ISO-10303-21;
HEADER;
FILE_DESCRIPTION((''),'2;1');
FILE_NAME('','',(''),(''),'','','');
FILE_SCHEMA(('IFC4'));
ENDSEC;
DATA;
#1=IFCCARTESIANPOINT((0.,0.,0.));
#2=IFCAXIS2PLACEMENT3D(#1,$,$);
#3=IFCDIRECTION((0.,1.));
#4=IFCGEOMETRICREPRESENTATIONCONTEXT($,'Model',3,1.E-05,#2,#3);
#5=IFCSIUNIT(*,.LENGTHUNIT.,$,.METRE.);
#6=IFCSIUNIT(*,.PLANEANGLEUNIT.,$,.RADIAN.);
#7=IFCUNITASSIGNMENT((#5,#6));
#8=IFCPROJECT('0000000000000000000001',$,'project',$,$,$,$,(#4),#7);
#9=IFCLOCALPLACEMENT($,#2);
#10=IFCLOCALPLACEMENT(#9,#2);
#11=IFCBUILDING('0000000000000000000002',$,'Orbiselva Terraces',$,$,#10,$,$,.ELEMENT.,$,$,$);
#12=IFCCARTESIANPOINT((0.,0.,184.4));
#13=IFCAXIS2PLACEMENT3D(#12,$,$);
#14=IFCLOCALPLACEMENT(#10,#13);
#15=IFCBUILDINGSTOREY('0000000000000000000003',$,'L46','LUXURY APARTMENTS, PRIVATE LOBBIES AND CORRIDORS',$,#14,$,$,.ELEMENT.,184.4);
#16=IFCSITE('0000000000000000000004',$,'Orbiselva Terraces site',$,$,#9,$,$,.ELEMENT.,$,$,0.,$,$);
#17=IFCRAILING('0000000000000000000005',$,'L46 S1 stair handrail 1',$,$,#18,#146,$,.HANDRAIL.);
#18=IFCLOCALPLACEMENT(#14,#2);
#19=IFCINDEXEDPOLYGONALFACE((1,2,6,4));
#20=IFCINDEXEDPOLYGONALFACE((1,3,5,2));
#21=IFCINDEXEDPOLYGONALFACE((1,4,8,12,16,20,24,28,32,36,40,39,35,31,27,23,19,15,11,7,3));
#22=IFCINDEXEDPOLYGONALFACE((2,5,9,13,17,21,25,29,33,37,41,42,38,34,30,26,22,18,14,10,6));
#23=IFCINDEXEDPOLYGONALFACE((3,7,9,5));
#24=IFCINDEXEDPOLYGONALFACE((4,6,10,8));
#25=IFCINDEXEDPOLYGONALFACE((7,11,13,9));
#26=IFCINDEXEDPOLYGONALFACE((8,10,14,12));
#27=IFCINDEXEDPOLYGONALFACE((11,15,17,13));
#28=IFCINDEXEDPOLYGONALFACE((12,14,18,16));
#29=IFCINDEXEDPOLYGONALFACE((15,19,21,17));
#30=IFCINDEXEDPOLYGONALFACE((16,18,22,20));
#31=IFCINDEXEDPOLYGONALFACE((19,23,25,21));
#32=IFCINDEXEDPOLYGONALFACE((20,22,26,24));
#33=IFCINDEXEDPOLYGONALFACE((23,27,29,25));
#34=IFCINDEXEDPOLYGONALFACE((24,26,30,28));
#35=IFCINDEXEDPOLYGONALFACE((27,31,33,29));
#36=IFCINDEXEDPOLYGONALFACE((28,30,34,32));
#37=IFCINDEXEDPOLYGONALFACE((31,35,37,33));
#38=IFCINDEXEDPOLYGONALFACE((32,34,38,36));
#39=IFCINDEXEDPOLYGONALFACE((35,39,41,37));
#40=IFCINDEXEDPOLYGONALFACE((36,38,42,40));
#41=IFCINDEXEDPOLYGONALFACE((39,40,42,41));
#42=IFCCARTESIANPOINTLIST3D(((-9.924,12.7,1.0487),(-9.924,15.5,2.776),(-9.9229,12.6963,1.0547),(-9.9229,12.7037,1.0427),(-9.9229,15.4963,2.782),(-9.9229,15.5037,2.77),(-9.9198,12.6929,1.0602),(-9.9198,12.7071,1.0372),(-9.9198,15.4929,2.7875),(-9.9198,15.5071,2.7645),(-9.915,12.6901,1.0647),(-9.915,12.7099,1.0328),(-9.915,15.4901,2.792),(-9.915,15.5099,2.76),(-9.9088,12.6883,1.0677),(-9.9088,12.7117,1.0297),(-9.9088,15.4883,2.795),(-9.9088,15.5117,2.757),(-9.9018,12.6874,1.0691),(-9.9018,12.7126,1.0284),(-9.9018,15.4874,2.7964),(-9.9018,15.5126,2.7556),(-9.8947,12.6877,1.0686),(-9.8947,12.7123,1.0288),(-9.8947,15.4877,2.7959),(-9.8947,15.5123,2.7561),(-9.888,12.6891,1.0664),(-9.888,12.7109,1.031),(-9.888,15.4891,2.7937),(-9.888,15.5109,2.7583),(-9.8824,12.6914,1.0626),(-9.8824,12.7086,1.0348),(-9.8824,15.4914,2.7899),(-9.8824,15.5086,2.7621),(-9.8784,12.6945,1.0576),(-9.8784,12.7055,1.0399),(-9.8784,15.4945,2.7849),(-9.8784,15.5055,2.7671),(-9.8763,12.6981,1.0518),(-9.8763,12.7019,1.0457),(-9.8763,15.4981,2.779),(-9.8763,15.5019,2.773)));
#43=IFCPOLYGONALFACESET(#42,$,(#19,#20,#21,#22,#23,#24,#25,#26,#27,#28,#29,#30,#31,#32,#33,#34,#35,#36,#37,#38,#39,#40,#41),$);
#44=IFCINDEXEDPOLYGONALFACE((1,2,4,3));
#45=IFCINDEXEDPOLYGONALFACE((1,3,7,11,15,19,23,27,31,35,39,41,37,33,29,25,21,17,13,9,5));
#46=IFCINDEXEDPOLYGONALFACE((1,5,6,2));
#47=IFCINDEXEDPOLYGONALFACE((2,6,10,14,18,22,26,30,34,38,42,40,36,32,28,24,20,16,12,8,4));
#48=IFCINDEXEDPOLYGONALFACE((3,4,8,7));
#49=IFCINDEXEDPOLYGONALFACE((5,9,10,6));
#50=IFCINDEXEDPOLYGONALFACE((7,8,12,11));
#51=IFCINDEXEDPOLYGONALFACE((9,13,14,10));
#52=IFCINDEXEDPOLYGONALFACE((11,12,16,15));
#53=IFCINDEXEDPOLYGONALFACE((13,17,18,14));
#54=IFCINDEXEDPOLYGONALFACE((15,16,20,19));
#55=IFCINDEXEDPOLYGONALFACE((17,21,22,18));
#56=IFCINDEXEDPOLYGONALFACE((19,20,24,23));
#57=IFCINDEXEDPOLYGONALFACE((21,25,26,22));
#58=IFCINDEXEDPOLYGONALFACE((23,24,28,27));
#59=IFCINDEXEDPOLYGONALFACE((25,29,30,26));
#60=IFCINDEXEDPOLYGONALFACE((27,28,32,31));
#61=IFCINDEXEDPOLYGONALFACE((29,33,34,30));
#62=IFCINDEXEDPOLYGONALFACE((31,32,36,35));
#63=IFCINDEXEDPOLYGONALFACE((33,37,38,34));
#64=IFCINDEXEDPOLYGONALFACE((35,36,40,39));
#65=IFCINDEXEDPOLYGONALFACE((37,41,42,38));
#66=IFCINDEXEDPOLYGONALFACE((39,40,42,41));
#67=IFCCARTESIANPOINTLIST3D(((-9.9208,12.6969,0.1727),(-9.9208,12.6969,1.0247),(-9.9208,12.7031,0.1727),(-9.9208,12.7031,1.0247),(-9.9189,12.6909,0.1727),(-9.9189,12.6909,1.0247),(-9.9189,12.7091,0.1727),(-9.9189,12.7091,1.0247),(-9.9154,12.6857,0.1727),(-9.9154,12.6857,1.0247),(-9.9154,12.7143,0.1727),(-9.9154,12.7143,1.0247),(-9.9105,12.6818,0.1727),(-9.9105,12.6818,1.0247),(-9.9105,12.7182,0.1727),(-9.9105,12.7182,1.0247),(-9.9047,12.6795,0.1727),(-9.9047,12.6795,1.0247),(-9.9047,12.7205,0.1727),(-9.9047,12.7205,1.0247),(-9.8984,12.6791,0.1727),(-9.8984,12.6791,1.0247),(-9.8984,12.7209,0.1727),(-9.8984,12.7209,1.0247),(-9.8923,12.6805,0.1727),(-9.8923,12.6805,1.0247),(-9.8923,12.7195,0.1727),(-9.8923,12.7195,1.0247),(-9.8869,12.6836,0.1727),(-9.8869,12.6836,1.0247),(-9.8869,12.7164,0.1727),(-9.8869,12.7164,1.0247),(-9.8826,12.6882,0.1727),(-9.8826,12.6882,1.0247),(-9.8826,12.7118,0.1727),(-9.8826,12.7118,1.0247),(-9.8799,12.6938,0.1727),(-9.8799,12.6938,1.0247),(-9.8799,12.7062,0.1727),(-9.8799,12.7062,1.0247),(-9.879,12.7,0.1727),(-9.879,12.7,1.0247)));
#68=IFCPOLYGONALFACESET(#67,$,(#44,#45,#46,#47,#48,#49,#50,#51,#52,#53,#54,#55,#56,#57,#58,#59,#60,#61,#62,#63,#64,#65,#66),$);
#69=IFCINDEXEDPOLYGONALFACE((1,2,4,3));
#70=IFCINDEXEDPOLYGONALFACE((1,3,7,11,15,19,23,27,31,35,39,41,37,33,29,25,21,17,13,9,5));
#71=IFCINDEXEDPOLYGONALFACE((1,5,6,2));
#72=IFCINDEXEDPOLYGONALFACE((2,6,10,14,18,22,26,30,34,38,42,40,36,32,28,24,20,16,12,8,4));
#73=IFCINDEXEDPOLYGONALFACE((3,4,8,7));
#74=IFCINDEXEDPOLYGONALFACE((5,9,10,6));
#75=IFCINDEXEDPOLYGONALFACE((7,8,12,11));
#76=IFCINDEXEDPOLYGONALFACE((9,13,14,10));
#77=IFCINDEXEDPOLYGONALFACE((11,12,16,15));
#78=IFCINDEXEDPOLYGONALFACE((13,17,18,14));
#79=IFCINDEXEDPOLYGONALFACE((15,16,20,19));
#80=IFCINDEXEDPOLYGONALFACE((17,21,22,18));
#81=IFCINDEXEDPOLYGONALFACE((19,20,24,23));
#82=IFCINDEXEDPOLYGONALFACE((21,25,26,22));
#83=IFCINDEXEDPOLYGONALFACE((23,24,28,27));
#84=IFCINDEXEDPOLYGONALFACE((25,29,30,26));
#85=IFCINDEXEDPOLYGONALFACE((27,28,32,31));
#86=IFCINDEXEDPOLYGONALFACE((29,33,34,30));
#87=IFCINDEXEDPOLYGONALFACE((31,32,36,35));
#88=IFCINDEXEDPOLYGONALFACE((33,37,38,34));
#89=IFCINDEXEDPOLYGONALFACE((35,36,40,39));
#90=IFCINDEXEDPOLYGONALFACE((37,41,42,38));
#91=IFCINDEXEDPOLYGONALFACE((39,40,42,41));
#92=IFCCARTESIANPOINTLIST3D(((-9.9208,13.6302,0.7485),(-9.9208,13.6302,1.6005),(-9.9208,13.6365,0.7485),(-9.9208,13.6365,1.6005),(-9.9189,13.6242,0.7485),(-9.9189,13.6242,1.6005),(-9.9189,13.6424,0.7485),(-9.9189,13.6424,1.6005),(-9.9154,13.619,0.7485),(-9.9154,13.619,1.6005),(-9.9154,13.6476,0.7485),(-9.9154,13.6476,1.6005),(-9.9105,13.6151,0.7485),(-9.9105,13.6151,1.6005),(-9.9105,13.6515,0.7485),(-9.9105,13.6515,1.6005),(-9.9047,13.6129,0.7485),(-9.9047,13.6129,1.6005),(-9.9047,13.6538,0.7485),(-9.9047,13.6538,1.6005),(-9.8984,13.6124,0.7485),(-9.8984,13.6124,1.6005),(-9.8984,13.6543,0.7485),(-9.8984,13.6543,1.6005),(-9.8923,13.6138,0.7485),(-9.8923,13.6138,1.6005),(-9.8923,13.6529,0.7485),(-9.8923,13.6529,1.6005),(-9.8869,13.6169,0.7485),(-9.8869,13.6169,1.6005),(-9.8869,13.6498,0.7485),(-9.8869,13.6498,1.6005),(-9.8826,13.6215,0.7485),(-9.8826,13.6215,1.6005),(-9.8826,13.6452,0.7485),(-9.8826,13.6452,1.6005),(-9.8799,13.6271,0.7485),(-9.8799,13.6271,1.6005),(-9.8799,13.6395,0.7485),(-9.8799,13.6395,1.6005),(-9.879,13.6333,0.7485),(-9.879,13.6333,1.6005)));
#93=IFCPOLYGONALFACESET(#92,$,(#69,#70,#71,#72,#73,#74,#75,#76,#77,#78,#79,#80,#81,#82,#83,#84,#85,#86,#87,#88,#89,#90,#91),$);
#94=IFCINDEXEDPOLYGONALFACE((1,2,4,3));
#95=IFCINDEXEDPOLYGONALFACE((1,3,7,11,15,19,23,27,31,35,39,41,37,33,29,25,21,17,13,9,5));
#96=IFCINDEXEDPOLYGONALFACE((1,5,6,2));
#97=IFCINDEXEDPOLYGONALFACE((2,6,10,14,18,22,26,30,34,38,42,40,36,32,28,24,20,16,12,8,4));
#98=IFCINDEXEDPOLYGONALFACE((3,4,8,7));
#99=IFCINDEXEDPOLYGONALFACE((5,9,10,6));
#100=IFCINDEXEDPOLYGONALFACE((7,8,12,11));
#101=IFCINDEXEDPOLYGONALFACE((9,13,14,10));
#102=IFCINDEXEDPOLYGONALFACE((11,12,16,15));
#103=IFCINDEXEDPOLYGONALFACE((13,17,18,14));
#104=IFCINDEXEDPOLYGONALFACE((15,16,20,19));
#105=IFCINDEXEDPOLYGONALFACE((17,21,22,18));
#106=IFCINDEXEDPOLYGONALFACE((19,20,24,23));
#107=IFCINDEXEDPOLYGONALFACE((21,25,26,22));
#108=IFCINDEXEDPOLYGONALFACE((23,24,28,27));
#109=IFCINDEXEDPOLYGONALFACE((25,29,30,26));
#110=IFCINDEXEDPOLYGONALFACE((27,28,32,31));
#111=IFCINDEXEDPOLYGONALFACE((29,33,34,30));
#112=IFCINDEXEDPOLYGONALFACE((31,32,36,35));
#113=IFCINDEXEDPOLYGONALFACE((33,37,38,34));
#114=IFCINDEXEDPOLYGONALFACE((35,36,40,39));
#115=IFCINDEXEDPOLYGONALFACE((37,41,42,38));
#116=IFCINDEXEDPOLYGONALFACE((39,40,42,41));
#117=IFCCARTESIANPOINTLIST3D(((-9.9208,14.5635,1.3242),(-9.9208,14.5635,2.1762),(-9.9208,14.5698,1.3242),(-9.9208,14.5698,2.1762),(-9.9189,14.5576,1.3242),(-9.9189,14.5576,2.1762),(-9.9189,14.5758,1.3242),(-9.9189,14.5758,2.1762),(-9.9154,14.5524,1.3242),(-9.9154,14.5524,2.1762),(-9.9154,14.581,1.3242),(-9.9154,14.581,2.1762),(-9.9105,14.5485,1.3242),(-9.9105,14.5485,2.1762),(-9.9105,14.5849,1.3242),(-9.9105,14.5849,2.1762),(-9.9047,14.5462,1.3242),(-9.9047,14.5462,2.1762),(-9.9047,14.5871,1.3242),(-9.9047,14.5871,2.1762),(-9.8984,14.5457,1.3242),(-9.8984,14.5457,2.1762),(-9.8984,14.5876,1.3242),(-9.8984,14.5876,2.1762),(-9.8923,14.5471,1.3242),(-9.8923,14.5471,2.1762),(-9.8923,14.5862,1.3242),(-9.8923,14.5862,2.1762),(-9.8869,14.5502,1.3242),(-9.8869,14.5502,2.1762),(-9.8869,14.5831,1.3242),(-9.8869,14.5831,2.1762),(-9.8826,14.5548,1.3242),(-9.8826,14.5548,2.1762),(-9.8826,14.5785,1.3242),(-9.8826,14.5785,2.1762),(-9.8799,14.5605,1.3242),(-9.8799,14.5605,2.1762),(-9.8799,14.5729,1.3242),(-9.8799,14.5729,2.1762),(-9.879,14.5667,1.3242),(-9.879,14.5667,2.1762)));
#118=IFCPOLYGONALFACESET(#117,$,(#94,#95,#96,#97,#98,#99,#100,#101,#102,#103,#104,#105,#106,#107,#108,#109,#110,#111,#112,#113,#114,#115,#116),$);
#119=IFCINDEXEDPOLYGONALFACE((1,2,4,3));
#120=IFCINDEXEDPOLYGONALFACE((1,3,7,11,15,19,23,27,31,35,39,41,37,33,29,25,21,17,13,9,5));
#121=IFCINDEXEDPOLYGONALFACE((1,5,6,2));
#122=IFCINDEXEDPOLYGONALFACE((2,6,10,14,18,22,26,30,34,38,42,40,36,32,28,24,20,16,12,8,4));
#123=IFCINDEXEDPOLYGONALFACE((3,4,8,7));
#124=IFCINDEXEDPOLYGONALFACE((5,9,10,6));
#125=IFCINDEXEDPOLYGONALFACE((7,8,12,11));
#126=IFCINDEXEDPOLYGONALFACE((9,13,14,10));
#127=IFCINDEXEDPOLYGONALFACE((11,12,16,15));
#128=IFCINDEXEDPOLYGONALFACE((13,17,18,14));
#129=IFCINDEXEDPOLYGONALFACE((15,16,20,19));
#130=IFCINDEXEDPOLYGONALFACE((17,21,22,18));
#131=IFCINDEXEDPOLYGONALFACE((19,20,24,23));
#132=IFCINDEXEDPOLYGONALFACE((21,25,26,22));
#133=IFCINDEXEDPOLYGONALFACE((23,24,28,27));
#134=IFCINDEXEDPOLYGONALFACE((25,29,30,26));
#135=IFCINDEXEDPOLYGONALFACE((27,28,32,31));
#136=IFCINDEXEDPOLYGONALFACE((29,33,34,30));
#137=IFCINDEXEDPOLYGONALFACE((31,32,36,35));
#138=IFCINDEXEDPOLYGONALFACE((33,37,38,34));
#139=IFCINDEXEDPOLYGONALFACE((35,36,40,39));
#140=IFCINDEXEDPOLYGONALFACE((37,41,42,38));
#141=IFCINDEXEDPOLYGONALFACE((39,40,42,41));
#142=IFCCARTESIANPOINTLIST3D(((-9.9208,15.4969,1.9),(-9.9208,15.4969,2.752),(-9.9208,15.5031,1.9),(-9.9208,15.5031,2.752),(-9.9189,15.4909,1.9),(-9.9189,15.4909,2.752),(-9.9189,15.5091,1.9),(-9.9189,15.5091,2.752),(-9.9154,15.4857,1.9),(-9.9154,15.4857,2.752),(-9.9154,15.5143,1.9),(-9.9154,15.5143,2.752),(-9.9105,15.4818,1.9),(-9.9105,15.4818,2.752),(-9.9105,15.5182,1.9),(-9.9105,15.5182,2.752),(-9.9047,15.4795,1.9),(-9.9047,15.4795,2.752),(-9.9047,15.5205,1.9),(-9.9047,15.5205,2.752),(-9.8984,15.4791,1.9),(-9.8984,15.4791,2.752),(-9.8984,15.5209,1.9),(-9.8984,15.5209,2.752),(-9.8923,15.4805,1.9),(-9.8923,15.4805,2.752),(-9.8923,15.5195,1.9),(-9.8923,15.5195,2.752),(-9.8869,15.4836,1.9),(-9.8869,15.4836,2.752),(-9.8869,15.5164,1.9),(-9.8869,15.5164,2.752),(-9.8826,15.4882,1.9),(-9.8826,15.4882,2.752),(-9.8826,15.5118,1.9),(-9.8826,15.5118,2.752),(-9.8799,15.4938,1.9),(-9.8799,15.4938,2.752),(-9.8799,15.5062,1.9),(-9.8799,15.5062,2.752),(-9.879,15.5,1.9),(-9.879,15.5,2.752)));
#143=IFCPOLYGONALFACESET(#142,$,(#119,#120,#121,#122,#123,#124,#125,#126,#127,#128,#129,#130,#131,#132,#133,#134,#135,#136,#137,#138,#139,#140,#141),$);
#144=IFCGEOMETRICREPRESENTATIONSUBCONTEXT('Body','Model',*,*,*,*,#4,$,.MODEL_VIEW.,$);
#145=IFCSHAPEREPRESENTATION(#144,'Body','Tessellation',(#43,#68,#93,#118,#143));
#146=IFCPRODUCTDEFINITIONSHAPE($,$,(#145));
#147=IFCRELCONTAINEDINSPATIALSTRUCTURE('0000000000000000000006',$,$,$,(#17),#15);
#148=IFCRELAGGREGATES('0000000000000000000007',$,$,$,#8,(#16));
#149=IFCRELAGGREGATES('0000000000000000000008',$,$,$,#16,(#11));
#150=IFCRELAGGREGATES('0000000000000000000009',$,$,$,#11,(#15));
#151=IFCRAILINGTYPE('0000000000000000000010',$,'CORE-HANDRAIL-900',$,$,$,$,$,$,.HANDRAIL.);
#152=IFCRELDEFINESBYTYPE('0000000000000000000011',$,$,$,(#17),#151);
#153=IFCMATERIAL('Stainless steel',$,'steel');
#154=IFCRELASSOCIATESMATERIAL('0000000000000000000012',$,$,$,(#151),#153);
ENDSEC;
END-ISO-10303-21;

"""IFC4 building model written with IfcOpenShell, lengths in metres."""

from ifc_helpers import new_model, si_unit, direction, frame, origin, origin_2d, place, context, subcontext, project, spatial, circle, extrude, material, type_object, element, save


model = new_model("IFC4")

# Units and contexts
model_context = context("Model", 3, precision=1e-05, world=origin(), true_north=direction((0.0, 1.0)))
body_context = subcontext(model_context, "Body", "Model", "MODEL_VIEW")
ifc_project = project(units=[si_unit("LENGTHUNIT", "METRE"), si_unit("PLANEANGLEUNIT", "RADIAN")], contexts=[model_context])

# Site, building, storey
site_placement = place(None, origin())
site = spatial("IfcSite", under=ifc_project, at=site_placement, Name="Orbiselva Terraces site", CompositionType="ELEMENT", RefElevation=0.0)
building_placement = place(site_placement, origin())
building = spatial("IfcBuilding", under=site, at=building_placement, Name="Orbiselva Terraces", CompositionType="ELEMENT")
storey_placement = place(building_placement, frame((0.0, 0.0, 184.4)))
storey = spatial("IfcBuildingStorey", under=building, at=storey_placement, Name="L46", Description="LUXURY APARTMENTS, PRIVATE LOBBIES AND CORRIDORS", CompositionType="ELEMENT", Elevation=184.4)

# Railing
ifc_material_1 = material(Name="Stainless steel", Category="steel")
railing_type_1 = type_object("IfcRailingType", Name="CORE-HANDRAIL-900", PredefinedType="HANDRAIL", material=ifc_material_1)
railing_1_placement = place(storey_placement, frame((-9.9, 12.7, 0.1727)))
element("IfcRailing", 1, at=railing_1_placement, inside=storey, type_object=railing_type_1, Name="L46 S1 stair handrail 1", PredefinedType="HANDRAIL", context=body_context, shape_type="SweptSolid", body=[
    extrude(circle(Radius=0.024, at=origin_2d()), frame((0.0, 0.0, 0.876), z_axis=(0.0, 0.851089, 0.525022), x_axis=(-1.0, 0.0, 0.0)), (0.0, 0.0, 1.0), 3.2899),
    extrude(circle(Radius=0.021, at=origin_2d()), origin(), (0.0, 0.0, 1.0), 0.852),
    extrude(circle(Radius=0.021, at=origin_2d()), frame((0.0, 0.9333, 0.5758)), (0.0, 0.0, 1.0), 0.852),
    extrude(circle(Radius=0.021, at=origin_2d()), frame((0.0, 1.8667, 1.1515)), (0.0, 0.0, 1.0), 0.852),
    extrude(circle(Radius=0.021, at=origin_2d()), frame((0.0, 2.8, 1.7273)), (0.0, 0.0, 1.0), 0.852),
])

save(model, "model.ifc")
